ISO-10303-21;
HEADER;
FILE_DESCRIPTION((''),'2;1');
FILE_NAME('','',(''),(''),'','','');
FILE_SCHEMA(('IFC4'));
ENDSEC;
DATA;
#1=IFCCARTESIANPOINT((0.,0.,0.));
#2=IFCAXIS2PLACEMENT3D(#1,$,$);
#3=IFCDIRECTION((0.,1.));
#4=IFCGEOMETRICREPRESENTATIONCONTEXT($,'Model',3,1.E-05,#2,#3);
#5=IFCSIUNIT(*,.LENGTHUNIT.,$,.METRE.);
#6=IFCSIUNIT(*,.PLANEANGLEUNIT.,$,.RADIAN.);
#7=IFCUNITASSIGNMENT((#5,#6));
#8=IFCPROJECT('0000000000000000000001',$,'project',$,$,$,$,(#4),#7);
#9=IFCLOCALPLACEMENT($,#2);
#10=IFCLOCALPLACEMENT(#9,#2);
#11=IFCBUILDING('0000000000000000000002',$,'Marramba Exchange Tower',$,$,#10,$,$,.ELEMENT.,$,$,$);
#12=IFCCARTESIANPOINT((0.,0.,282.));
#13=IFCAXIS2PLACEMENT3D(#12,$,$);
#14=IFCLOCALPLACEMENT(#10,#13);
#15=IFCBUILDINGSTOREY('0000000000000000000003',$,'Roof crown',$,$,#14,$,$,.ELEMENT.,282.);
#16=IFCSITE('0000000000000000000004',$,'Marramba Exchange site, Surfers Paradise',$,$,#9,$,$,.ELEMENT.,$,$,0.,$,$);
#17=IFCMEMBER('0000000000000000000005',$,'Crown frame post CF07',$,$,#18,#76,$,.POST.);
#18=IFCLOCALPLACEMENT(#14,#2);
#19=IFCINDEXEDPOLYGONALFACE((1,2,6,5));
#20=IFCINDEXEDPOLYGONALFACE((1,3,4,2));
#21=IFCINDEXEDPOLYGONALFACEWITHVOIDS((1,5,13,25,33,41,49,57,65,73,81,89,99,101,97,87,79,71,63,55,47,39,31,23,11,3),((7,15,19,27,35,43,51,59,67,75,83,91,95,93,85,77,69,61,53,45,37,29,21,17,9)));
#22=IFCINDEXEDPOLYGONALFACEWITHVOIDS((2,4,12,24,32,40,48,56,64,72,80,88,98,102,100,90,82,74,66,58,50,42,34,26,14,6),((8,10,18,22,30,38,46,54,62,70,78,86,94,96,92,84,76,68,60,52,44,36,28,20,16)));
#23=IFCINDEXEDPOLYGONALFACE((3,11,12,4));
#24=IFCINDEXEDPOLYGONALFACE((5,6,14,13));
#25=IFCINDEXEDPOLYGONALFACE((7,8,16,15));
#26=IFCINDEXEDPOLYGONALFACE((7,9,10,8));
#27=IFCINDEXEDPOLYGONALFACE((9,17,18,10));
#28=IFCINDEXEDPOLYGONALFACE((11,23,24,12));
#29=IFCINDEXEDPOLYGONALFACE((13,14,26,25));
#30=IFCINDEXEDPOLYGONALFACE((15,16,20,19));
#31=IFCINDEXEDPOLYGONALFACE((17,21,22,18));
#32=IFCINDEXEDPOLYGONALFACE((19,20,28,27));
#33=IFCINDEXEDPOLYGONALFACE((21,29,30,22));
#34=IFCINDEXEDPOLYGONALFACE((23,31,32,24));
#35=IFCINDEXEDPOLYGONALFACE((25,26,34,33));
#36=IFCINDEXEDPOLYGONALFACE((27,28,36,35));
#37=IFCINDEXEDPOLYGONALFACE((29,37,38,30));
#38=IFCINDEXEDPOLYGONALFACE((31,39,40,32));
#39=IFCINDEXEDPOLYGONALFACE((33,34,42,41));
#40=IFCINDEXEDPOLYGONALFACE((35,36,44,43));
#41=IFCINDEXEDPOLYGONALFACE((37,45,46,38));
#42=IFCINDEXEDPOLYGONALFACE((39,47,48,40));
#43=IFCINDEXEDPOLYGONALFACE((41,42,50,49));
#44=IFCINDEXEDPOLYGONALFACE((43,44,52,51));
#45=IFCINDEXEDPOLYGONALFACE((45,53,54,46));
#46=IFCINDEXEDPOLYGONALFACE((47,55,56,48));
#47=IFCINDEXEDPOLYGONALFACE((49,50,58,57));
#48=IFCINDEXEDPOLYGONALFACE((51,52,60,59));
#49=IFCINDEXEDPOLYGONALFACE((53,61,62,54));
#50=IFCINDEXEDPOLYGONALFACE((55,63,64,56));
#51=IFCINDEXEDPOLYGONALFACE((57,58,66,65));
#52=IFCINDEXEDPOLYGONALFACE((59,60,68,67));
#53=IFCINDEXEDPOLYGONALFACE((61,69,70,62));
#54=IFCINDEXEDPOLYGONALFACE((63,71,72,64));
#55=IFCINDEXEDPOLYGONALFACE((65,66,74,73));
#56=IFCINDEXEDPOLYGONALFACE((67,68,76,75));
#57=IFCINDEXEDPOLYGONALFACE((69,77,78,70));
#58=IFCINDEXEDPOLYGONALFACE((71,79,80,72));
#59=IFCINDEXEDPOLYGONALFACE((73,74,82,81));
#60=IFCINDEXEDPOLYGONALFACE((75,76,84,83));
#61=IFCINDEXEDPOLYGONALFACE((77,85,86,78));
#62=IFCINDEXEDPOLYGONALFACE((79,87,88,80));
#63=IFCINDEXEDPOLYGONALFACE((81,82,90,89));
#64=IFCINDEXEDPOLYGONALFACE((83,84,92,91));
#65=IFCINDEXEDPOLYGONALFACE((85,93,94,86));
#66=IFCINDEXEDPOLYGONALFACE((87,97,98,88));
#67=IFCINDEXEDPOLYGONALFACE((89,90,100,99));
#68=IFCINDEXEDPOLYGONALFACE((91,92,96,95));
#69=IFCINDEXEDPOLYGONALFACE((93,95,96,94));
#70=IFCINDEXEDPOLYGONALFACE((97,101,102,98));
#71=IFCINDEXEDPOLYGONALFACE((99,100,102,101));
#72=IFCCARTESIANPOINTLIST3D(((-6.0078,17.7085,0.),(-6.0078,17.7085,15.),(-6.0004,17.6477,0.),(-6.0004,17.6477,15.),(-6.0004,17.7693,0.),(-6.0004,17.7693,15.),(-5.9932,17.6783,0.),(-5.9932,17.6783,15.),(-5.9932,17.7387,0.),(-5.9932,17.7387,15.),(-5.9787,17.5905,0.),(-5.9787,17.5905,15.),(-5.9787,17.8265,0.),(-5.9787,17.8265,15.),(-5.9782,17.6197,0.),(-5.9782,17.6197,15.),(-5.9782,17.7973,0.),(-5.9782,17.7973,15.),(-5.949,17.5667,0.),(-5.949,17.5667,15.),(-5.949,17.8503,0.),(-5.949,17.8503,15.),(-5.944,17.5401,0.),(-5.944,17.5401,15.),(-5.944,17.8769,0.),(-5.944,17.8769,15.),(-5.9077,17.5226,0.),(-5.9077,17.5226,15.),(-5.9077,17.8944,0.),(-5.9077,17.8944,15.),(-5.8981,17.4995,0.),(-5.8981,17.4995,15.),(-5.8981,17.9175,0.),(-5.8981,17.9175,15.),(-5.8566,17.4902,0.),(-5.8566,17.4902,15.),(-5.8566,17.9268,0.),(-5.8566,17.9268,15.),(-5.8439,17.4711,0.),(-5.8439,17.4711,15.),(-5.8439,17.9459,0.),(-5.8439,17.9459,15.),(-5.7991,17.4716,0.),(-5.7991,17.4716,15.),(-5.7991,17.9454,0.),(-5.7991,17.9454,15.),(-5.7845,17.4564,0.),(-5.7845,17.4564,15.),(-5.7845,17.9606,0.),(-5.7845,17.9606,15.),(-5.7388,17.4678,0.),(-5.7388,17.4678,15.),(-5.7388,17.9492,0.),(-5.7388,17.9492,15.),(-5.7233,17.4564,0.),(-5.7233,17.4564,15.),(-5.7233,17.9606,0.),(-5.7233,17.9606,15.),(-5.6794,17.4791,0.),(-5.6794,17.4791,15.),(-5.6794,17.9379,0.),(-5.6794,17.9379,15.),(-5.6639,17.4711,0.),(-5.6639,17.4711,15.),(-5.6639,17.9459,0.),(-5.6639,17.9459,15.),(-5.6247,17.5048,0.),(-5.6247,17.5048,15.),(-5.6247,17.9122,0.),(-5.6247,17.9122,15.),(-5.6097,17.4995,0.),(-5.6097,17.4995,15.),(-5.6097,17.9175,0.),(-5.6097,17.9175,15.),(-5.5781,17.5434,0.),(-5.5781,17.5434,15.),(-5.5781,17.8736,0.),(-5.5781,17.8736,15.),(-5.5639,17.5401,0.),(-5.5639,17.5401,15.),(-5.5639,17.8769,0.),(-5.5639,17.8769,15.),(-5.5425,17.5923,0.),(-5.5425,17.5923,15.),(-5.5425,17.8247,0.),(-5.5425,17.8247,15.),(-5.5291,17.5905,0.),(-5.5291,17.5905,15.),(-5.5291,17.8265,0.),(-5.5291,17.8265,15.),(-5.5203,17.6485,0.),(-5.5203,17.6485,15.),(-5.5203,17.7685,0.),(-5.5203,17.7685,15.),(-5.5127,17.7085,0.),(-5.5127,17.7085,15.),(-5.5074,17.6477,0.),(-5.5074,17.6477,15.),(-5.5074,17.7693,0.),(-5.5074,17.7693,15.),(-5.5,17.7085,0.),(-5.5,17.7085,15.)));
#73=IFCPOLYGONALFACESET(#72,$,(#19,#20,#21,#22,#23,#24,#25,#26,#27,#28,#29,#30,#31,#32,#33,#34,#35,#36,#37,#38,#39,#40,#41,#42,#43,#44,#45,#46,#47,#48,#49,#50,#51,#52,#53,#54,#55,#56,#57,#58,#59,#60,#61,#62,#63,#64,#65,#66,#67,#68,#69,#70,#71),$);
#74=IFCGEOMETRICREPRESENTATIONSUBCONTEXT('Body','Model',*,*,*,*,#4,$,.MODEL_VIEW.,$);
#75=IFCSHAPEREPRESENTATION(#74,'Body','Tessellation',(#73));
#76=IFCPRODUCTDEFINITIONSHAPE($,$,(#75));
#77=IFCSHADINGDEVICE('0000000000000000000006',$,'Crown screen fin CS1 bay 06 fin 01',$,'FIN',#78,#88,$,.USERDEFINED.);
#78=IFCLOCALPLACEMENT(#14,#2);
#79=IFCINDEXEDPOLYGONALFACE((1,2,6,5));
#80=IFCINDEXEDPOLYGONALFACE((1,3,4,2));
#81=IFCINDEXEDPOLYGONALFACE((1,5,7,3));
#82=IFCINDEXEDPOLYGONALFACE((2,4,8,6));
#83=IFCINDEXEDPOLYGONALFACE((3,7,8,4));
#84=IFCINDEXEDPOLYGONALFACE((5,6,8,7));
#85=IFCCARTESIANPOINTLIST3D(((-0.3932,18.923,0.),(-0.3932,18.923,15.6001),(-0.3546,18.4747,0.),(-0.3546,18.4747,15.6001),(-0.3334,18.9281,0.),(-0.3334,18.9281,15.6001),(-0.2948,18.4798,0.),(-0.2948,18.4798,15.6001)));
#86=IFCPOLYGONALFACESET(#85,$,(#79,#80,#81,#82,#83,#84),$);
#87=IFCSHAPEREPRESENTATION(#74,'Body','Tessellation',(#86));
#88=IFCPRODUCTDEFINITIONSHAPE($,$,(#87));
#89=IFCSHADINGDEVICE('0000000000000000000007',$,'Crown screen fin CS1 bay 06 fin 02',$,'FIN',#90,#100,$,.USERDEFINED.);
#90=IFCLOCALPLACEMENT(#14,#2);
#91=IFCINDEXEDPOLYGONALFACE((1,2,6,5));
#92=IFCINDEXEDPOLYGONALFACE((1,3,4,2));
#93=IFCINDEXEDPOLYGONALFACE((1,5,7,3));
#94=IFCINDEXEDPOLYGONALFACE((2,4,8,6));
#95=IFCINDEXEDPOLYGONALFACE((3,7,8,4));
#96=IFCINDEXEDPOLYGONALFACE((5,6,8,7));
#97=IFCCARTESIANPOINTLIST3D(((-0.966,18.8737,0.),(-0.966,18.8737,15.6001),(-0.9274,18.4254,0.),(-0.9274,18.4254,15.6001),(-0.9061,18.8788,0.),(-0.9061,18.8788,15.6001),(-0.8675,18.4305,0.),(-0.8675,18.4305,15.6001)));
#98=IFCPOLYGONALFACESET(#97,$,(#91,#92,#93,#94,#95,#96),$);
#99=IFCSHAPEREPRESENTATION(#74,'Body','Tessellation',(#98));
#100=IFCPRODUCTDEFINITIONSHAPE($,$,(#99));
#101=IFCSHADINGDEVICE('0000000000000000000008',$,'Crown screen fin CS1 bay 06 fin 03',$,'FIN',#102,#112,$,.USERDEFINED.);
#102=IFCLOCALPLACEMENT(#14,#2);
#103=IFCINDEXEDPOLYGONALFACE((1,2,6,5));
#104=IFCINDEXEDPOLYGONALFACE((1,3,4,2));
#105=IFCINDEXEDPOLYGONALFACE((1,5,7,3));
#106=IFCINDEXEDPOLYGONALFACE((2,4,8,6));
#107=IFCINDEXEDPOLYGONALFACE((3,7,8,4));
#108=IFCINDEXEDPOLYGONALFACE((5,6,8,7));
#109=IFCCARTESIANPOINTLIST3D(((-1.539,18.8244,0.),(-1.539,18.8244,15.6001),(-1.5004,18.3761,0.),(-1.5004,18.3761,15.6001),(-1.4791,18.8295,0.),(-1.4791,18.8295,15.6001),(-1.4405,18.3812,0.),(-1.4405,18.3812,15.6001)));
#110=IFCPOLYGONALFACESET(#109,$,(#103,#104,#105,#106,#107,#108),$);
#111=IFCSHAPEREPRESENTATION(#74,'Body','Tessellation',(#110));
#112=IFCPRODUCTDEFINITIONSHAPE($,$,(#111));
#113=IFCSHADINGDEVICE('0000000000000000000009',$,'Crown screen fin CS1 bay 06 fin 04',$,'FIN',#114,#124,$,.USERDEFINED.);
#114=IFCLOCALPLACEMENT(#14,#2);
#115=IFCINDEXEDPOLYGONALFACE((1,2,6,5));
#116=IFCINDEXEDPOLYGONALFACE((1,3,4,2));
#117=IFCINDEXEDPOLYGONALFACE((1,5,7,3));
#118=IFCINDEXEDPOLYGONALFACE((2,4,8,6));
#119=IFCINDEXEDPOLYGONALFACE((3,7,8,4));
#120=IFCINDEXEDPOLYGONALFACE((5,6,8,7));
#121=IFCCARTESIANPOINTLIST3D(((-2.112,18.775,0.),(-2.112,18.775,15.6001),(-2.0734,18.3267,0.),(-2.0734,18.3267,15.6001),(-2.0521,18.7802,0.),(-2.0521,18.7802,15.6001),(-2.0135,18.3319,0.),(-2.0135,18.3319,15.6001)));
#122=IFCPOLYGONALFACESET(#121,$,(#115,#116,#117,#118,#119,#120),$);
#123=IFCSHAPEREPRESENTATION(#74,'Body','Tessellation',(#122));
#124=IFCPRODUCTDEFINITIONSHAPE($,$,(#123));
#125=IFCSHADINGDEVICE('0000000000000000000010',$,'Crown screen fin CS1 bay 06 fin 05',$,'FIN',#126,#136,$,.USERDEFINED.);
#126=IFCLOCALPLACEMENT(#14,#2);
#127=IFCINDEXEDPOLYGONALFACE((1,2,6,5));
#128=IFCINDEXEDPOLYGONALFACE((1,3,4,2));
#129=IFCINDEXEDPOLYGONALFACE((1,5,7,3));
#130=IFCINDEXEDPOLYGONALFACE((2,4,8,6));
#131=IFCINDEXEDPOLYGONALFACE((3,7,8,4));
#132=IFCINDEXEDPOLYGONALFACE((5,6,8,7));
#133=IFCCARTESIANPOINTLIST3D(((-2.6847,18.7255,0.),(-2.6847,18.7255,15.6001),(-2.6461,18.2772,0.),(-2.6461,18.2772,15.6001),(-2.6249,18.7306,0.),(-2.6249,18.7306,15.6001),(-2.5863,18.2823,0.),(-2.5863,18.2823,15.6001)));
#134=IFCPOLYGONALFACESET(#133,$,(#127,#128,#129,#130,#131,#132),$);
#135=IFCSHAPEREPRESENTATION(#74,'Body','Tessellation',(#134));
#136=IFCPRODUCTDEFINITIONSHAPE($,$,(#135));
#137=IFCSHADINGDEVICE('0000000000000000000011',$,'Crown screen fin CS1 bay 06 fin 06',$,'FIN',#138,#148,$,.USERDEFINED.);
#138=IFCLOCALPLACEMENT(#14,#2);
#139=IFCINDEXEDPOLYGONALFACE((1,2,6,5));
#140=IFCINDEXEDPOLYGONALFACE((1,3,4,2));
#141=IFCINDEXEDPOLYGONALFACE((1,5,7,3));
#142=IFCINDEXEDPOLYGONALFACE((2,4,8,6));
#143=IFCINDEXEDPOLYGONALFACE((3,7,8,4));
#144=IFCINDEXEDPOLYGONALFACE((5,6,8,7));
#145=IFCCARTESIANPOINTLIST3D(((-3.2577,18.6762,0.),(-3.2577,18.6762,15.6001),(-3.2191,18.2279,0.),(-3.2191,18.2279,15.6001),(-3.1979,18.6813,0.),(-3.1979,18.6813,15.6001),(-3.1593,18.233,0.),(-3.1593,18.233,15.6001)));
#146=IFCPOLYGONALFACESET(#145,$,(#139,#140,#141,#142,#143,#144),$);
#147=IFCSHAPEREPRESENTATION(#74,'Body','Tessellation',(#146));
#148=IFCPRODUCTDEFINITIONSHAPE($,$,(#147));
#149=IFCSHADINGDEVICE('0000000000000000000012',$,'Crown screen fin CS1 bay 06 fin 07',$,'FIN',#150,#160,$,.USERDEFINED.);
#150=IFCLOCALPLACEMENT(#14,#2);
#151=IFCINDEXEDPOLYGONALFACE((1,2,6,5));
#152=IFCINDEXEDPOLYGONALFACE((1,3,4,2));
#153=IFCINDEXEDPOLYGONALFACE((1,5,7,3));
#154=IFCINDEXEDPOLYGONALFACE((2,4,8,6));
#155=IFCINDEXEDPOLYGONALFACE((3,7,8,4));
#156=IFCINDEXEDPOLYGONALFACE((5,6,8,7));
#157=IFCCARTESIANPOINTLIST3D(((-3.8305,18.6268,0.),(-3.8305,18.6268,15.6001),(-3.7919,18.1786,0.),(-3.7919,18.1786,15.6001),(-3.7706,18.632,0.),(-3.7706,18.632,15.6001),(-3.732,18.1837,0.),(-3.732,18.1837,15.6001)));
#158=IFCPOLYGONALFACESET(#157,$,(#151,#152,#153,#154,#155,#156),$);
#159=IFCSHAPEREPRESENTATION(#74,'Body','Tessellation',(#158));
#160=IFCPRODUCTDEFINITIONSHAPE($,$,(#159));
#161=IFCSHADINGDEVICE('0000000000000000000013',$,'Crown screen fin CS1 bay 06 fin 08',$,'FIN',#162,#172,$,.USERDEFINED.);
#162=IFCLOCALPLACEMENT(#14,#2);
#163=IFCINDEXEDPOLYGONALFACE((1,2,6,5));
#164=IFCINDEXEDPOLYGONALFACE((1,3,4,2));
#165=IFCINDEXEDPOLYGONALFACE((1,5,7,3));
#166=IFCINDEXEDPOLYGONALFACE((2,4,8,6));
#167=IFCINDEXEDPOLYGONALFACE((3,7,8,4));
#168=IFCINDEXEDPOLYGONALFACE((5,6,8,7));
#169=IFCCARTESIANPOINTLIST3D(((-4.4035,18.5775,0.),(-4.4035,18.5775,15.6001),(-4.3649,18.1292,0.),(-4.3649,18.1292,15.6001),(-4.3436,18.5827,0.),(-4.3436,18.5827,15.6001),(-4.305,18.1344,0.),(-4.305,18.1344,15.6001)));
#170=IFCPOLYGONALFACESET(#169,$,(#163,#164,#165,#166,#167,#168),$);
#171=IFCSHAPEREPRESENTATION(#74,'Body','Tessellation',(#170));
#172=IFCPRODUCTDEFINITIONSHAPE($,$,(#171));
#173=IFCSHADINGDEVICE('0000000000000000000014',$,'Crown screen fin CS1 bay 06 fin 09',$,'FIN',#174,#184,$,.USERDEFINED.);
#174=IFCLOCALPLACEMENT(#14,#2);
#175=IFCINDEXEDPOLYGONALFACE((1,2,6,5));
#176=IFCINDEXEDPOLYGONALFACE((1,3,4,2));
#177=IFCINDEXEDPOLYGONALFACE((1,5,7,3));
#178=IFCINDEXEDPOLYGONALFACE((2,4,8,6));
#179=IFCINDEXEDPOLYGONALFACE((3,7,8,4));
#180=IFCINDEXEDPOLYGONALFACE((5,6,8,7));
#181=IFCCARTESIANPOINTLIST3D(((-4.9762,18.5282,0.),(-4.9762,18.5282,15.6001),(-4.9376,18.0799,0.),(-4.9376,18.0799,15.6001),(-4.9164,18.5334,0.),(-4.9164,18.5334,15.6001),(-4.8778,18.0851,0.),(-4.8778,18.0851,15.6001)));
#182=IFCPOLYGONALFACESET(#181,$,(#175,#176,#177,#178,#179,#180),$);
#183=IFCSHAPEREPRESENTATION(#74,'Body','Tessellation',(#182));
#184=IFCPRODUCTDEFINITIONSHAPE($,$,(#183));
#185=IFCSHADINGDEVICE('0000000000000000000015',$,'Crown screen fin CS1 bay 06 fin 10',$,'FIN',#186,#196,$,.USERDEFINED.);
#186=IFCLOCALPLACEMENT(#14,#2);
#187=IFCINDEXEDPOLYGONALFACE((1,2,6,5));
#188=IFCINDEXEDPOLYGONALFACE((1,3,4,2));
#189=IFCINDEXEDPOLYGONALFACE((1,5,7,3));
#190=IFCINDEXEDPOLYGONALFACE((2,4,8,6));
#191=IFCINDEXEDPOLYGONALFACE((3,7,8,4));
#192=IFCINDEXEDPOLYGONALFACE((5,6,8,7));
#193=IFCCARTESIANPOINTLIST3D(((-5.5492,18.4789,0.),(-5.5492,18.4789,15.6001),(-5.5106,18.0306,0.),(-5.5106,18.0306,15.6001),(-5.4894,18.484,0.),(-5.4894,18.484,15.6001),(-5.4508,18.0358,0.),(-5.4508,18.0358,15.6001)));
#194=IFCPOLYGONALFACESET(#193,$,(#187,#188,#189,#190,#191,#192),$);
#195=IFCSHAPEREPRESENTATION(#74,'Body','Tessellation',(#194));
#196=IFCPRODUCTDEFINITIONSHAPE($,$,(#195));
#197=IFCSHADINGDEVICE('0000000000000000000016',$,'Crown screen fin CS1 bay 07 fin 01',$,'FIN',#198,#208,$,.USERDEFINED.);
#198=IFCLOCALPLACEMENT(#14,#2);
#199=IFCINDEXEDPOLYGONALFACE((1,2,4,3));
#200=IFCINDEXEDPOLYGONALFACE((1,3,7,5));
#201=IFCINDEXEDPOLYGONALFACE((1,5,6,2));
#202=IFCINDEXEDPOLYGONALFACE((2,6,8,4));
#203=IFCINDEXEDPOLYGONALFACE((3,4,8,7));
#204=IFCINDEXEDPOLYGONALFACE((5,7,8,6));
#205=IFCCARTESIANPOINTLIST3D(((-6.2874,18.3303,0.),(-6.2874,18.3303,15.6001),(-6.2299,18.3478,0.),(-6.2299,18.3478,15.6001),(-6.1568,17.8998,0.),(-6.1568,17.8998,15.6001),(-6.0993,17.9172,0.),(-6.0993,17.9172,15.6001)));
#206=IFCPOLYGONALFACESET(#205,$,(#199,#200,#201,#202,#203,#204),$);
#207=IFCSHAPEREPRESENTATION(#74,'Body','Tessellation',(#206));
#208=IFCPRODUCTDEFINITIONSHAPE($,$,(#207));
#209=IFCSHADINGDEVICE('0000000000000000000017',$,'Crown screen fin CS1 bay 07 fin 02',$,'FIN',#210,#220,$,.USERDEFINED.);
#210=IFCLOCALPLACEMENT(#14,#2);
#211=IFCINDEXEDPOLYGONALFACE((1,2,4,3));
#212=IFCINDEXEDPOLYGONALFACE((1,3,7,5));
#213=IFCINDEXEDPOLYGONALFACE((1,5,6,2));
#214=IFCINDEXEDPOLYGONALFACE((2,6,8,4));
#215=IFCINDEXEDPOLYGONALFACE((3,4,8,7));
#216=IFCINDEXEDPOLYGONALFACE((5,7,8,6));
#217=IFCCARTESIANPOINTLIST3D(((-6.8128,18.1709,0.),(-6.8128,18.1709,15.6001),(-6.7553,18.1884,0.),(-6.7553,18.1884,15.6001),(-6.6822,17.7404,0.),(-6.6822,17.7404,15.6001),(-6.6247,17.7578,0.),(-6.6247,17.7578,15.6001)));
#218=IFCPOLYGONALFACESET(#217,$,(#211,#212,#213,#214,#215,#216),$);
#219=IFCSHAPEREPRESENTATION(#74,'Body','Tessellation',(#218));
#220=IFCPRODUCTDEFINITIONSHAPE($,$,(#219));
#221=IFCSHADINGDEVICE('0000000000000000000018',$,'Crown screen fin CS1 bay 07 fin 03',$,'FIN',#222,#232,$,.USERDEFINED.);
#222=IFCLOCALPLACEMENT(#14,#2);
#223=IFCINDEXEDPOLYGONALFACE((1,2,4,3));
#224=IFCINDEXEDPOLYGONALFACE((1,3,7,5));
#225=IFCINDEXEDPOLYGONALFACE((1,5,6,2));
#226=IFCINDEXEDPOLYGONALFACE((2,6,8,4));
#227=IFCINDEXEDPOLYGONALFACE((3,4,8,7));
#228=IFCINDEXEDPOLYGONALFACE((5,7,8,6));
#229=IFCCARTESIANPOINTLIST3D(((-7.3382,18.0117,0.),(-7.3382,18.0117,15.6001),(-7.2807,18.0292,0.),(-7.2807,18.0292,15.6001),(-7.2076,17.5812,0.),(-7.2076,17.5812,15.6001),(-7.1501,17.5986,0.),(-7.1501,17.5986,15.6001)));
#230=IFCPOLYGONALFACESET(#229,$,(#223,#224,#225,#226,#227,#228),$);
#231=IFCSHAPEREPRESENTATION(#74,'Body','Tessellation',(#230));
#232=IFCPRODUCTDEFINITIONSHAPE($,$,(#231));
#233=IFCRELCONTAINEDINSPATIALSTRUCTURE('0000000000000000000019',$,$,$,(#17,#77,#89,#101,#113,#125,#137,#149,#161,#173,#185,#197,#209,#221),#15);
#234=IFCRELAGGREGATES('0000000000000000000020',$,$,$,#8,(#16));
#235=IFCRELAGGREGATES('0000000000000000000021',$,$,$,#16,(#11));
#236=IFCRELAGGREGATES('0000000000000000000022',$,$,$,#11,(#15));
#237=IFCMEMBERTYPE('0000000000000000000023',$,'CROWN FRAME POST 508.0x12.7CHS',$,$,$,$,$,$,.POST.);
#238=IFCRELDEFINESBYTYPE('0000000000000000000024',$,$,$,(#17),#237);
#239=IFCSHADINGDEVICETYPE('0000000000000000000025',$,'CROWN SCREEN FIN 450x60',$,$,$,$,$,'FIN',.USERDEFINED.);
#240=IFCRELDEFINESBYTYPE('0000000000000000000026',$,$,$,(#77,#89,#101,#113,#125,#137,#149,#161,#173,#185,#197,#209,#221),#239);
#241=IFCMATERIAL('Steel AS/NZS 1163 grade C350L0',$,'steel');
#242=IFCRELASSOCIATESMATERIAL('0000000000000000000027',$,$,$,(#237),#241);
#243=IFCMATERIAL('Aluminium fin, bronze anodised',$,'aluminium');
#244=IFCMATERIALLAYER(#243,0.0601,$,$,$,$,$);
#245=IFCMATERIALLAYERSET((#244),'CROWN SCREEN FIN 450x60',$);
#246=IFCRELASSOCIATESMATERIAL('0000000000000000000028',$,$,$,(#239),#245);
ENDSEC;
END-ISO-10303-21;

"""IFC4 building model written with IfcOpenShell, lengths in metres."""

from ifc_helpers import new_model, si_unit, direction, frame, origin, origin_2d, place, context, subcontext, project, spatial, rectangle, hollow_circle, extrude, material, layer, layer_set, material_profile, profile_set, type_object, element, save


model = new_model("IFC4")

# Units and contexts
model_context = context("Model", 3, precision=1e-05, world=origin(), true_north=direction((0.0, 1.0)))
body_context = subcontext(model_context, "Body", "Model", "MODEL_VIEW")
ifc_project = project(units=[si_unit("LENGTHUNIT", "METRE"), si_unit("PLANEANGLEUNIT", "RADIAN")], contexts=[model_context])

# Site, building, storey
site_placement = place(None, origin())
site = spatial("IfcSite", under=ifc_project, at=site_placement, Name="Marramba Exchange site, Surfers Paradise", CompositionType="ELEMENT", RefElevation=0.0)
building_placement = place(site_placement, origin())
building = spatial("IfcBuilding", under=site, at=building_placement, Name="Marramba Exchange Tower", CompositionType="ELEMENT")
storey_placement = place(building_placement, frame((0.0, 0.0, 282.0)))
storey = spatial("IfcBuildingStorey", under=building, at=storey_placement, Name="Roof crown", CompositionType="ELEMENT", Elevation=282.0)

# Member
ifc_material_1 = material(Name="Steel AS/NZS 1163 grade C350L0", Category="steel")
ifc_material_profile_1 = material_profile(ifc_material_1, hollow_circle(Radius=0.2539, WallThickness=0.0127, at=origin_2d()), Name="508.0x12.7CHS")
ifc_profile_set_1 = profile_set([ifc_material_profile_1], Name="Steel AS/NZS 1163 grade C350L0")
member_type_1 = type_object("IfcMemberType", Name="CROWN FRAME POST 508.0x12.7CHS", PredefinedType="POST", material=ifc_profile_set_1)
for number, where, z_axis, x_axis, name in (
    (1, (-5.7539, 17.7085, 0.0), (0.0, 0.0, 1.0), (1.0, 0.0, 0.0), "Crown frame post CF07"),
):
    element("IfcMember", number, at=place(storey_placement, frame(where, z_axis=z_axis, x_axis=x_axis)), inside=storey, type_object=member_type_1, Name=name, PredefinedType="POST", context=body_context, shape_type="SweptSolid", body=[
        extrude(hollow_circle(Radius=0.2539, WallThickness=0.0127, at=origin_2d()), origin(), (0.0, 0.0, 1.0), 15.0),
    ])

# Shading devices
ifc_material_2 = material(Name="Aluminium fin, bronze anodised", Category="aluminium")
ifc_layer_1 = layer(ifc_material_2, 0.0601)
ifc_layer_set_1 = layer_set([ifc_layer_1], Name="CROWN SCREEN FIN 450x60")
shading_device_type = type_object("IfcShadingDeviceType", Name="CROWN SCREEN FIN 450x60", ElementType="FIN", PredefinedType="USERDEFINED", material=ifc_layer_set_1)
for number, where, z_axis, x_axis, name in (
    (2, (-0.344, 18.7014, 0.0), (0.0, 0.0, 1.0), (-0.085783, 0.996314, 0.0), "Crown screen fin CS1 bay 06 fin 01"),
    (3, (-0.9167, 18.6521, 0.0), (0.0, 0.0, 1.0), (-0.085783, 0.996314, 0.0), "Crown screen fin CS1 bay 06 fin 02"),
    (4, (-1.4897, 18.6028, 0.0), (0.0, 0.0, 1.0), (-0.085783, 0.996314, 0.0), "Crown screen fin CS1 bay 06 fin 03"),
    (5, (-2.0627, 18.5535, 0.0), (0.0, 0.0, 1.0), (-0.085783, 0.996314, 0.0), "Crown screen fin CS1 bay 06 fin 04"),
    (6, (-2.6355, 18.5039, 0.0), (0.0, 0.0, 1.0), (-0.085783, 0.996314, 0.0), "Crown screen fin CS1 bay 06 fin 05"),
    (7, (-3.2085, 18.4546, 0.0), (0.0, 0.0, 1.0), (-0.085783, 0.996314, 0.0), "Crown screen fin CS1 bay 06 fin 06"),
    (8, (-3.7812, 18.4053, 0.0), (0.0, 0.0, 1.0), (-0.085783, 0.996314, 0.0), "Crown screen fin CS1 bay 06 fin 07"),
    (9, (-4.3542, 18.356, 0.0), (0.0, 0.0, 1.0), (-0.085783, 0.996314, 0.0), "Crown screen fin CS1 bay 06 fin 08"),
    (10, (-4.927, 18.3066, 0.0), (0.0, 0.0, 1.0), (-0.085783, 0.996314, 0.0), "Crown screen fin CS1 bay 06 fin 09"),
    (11, (-5.5, 18.2573, 0.0), (0.0, 0.0, 1.0), (-0.085783, 0.996314, 0.0), "Crown screen fin CS1 bay 06 fin 10"),
    (12, (-6.1934, 18.1238, 0.0), (0.0, 0.0, 1.0), (-0.290352, 0.95692, 0.0), "Crown screen fin CS1 bay 07 fin 01"),
    (13, (-6.7188, 17.9644, 0.0), (0.0, 0.0, 1.0), (-0.290352, 0.95692, 0.0), "Crown screen fin CS1 bay 07 fin 02"),
    (14, (-7.2441, 17.8052, 0.0), (0.0, 0.0, 1.0), (-0.290352, 0.95692, 0.0), "Crown screen fin CS1 bay 07 fin 03"),
):
    element("IfcShadingDevice", number, at=place(storey_placement, frame(where, z_axis=z_axis, x_axis=x_axis)), inside=storey, type_object=shading_device_type, Name=name, ObjectType="FIN", PredefinedType="USERDEFINED", context=body_context, shape_type="SweptSolid", body=[
        extrude(rectangle(XDim=0.45, YDim=0.0601, at=origin_2d()), origin(), (0.0, 0.0, 1.0), 15.6001),
    ])

save(model, "model.ifc")
